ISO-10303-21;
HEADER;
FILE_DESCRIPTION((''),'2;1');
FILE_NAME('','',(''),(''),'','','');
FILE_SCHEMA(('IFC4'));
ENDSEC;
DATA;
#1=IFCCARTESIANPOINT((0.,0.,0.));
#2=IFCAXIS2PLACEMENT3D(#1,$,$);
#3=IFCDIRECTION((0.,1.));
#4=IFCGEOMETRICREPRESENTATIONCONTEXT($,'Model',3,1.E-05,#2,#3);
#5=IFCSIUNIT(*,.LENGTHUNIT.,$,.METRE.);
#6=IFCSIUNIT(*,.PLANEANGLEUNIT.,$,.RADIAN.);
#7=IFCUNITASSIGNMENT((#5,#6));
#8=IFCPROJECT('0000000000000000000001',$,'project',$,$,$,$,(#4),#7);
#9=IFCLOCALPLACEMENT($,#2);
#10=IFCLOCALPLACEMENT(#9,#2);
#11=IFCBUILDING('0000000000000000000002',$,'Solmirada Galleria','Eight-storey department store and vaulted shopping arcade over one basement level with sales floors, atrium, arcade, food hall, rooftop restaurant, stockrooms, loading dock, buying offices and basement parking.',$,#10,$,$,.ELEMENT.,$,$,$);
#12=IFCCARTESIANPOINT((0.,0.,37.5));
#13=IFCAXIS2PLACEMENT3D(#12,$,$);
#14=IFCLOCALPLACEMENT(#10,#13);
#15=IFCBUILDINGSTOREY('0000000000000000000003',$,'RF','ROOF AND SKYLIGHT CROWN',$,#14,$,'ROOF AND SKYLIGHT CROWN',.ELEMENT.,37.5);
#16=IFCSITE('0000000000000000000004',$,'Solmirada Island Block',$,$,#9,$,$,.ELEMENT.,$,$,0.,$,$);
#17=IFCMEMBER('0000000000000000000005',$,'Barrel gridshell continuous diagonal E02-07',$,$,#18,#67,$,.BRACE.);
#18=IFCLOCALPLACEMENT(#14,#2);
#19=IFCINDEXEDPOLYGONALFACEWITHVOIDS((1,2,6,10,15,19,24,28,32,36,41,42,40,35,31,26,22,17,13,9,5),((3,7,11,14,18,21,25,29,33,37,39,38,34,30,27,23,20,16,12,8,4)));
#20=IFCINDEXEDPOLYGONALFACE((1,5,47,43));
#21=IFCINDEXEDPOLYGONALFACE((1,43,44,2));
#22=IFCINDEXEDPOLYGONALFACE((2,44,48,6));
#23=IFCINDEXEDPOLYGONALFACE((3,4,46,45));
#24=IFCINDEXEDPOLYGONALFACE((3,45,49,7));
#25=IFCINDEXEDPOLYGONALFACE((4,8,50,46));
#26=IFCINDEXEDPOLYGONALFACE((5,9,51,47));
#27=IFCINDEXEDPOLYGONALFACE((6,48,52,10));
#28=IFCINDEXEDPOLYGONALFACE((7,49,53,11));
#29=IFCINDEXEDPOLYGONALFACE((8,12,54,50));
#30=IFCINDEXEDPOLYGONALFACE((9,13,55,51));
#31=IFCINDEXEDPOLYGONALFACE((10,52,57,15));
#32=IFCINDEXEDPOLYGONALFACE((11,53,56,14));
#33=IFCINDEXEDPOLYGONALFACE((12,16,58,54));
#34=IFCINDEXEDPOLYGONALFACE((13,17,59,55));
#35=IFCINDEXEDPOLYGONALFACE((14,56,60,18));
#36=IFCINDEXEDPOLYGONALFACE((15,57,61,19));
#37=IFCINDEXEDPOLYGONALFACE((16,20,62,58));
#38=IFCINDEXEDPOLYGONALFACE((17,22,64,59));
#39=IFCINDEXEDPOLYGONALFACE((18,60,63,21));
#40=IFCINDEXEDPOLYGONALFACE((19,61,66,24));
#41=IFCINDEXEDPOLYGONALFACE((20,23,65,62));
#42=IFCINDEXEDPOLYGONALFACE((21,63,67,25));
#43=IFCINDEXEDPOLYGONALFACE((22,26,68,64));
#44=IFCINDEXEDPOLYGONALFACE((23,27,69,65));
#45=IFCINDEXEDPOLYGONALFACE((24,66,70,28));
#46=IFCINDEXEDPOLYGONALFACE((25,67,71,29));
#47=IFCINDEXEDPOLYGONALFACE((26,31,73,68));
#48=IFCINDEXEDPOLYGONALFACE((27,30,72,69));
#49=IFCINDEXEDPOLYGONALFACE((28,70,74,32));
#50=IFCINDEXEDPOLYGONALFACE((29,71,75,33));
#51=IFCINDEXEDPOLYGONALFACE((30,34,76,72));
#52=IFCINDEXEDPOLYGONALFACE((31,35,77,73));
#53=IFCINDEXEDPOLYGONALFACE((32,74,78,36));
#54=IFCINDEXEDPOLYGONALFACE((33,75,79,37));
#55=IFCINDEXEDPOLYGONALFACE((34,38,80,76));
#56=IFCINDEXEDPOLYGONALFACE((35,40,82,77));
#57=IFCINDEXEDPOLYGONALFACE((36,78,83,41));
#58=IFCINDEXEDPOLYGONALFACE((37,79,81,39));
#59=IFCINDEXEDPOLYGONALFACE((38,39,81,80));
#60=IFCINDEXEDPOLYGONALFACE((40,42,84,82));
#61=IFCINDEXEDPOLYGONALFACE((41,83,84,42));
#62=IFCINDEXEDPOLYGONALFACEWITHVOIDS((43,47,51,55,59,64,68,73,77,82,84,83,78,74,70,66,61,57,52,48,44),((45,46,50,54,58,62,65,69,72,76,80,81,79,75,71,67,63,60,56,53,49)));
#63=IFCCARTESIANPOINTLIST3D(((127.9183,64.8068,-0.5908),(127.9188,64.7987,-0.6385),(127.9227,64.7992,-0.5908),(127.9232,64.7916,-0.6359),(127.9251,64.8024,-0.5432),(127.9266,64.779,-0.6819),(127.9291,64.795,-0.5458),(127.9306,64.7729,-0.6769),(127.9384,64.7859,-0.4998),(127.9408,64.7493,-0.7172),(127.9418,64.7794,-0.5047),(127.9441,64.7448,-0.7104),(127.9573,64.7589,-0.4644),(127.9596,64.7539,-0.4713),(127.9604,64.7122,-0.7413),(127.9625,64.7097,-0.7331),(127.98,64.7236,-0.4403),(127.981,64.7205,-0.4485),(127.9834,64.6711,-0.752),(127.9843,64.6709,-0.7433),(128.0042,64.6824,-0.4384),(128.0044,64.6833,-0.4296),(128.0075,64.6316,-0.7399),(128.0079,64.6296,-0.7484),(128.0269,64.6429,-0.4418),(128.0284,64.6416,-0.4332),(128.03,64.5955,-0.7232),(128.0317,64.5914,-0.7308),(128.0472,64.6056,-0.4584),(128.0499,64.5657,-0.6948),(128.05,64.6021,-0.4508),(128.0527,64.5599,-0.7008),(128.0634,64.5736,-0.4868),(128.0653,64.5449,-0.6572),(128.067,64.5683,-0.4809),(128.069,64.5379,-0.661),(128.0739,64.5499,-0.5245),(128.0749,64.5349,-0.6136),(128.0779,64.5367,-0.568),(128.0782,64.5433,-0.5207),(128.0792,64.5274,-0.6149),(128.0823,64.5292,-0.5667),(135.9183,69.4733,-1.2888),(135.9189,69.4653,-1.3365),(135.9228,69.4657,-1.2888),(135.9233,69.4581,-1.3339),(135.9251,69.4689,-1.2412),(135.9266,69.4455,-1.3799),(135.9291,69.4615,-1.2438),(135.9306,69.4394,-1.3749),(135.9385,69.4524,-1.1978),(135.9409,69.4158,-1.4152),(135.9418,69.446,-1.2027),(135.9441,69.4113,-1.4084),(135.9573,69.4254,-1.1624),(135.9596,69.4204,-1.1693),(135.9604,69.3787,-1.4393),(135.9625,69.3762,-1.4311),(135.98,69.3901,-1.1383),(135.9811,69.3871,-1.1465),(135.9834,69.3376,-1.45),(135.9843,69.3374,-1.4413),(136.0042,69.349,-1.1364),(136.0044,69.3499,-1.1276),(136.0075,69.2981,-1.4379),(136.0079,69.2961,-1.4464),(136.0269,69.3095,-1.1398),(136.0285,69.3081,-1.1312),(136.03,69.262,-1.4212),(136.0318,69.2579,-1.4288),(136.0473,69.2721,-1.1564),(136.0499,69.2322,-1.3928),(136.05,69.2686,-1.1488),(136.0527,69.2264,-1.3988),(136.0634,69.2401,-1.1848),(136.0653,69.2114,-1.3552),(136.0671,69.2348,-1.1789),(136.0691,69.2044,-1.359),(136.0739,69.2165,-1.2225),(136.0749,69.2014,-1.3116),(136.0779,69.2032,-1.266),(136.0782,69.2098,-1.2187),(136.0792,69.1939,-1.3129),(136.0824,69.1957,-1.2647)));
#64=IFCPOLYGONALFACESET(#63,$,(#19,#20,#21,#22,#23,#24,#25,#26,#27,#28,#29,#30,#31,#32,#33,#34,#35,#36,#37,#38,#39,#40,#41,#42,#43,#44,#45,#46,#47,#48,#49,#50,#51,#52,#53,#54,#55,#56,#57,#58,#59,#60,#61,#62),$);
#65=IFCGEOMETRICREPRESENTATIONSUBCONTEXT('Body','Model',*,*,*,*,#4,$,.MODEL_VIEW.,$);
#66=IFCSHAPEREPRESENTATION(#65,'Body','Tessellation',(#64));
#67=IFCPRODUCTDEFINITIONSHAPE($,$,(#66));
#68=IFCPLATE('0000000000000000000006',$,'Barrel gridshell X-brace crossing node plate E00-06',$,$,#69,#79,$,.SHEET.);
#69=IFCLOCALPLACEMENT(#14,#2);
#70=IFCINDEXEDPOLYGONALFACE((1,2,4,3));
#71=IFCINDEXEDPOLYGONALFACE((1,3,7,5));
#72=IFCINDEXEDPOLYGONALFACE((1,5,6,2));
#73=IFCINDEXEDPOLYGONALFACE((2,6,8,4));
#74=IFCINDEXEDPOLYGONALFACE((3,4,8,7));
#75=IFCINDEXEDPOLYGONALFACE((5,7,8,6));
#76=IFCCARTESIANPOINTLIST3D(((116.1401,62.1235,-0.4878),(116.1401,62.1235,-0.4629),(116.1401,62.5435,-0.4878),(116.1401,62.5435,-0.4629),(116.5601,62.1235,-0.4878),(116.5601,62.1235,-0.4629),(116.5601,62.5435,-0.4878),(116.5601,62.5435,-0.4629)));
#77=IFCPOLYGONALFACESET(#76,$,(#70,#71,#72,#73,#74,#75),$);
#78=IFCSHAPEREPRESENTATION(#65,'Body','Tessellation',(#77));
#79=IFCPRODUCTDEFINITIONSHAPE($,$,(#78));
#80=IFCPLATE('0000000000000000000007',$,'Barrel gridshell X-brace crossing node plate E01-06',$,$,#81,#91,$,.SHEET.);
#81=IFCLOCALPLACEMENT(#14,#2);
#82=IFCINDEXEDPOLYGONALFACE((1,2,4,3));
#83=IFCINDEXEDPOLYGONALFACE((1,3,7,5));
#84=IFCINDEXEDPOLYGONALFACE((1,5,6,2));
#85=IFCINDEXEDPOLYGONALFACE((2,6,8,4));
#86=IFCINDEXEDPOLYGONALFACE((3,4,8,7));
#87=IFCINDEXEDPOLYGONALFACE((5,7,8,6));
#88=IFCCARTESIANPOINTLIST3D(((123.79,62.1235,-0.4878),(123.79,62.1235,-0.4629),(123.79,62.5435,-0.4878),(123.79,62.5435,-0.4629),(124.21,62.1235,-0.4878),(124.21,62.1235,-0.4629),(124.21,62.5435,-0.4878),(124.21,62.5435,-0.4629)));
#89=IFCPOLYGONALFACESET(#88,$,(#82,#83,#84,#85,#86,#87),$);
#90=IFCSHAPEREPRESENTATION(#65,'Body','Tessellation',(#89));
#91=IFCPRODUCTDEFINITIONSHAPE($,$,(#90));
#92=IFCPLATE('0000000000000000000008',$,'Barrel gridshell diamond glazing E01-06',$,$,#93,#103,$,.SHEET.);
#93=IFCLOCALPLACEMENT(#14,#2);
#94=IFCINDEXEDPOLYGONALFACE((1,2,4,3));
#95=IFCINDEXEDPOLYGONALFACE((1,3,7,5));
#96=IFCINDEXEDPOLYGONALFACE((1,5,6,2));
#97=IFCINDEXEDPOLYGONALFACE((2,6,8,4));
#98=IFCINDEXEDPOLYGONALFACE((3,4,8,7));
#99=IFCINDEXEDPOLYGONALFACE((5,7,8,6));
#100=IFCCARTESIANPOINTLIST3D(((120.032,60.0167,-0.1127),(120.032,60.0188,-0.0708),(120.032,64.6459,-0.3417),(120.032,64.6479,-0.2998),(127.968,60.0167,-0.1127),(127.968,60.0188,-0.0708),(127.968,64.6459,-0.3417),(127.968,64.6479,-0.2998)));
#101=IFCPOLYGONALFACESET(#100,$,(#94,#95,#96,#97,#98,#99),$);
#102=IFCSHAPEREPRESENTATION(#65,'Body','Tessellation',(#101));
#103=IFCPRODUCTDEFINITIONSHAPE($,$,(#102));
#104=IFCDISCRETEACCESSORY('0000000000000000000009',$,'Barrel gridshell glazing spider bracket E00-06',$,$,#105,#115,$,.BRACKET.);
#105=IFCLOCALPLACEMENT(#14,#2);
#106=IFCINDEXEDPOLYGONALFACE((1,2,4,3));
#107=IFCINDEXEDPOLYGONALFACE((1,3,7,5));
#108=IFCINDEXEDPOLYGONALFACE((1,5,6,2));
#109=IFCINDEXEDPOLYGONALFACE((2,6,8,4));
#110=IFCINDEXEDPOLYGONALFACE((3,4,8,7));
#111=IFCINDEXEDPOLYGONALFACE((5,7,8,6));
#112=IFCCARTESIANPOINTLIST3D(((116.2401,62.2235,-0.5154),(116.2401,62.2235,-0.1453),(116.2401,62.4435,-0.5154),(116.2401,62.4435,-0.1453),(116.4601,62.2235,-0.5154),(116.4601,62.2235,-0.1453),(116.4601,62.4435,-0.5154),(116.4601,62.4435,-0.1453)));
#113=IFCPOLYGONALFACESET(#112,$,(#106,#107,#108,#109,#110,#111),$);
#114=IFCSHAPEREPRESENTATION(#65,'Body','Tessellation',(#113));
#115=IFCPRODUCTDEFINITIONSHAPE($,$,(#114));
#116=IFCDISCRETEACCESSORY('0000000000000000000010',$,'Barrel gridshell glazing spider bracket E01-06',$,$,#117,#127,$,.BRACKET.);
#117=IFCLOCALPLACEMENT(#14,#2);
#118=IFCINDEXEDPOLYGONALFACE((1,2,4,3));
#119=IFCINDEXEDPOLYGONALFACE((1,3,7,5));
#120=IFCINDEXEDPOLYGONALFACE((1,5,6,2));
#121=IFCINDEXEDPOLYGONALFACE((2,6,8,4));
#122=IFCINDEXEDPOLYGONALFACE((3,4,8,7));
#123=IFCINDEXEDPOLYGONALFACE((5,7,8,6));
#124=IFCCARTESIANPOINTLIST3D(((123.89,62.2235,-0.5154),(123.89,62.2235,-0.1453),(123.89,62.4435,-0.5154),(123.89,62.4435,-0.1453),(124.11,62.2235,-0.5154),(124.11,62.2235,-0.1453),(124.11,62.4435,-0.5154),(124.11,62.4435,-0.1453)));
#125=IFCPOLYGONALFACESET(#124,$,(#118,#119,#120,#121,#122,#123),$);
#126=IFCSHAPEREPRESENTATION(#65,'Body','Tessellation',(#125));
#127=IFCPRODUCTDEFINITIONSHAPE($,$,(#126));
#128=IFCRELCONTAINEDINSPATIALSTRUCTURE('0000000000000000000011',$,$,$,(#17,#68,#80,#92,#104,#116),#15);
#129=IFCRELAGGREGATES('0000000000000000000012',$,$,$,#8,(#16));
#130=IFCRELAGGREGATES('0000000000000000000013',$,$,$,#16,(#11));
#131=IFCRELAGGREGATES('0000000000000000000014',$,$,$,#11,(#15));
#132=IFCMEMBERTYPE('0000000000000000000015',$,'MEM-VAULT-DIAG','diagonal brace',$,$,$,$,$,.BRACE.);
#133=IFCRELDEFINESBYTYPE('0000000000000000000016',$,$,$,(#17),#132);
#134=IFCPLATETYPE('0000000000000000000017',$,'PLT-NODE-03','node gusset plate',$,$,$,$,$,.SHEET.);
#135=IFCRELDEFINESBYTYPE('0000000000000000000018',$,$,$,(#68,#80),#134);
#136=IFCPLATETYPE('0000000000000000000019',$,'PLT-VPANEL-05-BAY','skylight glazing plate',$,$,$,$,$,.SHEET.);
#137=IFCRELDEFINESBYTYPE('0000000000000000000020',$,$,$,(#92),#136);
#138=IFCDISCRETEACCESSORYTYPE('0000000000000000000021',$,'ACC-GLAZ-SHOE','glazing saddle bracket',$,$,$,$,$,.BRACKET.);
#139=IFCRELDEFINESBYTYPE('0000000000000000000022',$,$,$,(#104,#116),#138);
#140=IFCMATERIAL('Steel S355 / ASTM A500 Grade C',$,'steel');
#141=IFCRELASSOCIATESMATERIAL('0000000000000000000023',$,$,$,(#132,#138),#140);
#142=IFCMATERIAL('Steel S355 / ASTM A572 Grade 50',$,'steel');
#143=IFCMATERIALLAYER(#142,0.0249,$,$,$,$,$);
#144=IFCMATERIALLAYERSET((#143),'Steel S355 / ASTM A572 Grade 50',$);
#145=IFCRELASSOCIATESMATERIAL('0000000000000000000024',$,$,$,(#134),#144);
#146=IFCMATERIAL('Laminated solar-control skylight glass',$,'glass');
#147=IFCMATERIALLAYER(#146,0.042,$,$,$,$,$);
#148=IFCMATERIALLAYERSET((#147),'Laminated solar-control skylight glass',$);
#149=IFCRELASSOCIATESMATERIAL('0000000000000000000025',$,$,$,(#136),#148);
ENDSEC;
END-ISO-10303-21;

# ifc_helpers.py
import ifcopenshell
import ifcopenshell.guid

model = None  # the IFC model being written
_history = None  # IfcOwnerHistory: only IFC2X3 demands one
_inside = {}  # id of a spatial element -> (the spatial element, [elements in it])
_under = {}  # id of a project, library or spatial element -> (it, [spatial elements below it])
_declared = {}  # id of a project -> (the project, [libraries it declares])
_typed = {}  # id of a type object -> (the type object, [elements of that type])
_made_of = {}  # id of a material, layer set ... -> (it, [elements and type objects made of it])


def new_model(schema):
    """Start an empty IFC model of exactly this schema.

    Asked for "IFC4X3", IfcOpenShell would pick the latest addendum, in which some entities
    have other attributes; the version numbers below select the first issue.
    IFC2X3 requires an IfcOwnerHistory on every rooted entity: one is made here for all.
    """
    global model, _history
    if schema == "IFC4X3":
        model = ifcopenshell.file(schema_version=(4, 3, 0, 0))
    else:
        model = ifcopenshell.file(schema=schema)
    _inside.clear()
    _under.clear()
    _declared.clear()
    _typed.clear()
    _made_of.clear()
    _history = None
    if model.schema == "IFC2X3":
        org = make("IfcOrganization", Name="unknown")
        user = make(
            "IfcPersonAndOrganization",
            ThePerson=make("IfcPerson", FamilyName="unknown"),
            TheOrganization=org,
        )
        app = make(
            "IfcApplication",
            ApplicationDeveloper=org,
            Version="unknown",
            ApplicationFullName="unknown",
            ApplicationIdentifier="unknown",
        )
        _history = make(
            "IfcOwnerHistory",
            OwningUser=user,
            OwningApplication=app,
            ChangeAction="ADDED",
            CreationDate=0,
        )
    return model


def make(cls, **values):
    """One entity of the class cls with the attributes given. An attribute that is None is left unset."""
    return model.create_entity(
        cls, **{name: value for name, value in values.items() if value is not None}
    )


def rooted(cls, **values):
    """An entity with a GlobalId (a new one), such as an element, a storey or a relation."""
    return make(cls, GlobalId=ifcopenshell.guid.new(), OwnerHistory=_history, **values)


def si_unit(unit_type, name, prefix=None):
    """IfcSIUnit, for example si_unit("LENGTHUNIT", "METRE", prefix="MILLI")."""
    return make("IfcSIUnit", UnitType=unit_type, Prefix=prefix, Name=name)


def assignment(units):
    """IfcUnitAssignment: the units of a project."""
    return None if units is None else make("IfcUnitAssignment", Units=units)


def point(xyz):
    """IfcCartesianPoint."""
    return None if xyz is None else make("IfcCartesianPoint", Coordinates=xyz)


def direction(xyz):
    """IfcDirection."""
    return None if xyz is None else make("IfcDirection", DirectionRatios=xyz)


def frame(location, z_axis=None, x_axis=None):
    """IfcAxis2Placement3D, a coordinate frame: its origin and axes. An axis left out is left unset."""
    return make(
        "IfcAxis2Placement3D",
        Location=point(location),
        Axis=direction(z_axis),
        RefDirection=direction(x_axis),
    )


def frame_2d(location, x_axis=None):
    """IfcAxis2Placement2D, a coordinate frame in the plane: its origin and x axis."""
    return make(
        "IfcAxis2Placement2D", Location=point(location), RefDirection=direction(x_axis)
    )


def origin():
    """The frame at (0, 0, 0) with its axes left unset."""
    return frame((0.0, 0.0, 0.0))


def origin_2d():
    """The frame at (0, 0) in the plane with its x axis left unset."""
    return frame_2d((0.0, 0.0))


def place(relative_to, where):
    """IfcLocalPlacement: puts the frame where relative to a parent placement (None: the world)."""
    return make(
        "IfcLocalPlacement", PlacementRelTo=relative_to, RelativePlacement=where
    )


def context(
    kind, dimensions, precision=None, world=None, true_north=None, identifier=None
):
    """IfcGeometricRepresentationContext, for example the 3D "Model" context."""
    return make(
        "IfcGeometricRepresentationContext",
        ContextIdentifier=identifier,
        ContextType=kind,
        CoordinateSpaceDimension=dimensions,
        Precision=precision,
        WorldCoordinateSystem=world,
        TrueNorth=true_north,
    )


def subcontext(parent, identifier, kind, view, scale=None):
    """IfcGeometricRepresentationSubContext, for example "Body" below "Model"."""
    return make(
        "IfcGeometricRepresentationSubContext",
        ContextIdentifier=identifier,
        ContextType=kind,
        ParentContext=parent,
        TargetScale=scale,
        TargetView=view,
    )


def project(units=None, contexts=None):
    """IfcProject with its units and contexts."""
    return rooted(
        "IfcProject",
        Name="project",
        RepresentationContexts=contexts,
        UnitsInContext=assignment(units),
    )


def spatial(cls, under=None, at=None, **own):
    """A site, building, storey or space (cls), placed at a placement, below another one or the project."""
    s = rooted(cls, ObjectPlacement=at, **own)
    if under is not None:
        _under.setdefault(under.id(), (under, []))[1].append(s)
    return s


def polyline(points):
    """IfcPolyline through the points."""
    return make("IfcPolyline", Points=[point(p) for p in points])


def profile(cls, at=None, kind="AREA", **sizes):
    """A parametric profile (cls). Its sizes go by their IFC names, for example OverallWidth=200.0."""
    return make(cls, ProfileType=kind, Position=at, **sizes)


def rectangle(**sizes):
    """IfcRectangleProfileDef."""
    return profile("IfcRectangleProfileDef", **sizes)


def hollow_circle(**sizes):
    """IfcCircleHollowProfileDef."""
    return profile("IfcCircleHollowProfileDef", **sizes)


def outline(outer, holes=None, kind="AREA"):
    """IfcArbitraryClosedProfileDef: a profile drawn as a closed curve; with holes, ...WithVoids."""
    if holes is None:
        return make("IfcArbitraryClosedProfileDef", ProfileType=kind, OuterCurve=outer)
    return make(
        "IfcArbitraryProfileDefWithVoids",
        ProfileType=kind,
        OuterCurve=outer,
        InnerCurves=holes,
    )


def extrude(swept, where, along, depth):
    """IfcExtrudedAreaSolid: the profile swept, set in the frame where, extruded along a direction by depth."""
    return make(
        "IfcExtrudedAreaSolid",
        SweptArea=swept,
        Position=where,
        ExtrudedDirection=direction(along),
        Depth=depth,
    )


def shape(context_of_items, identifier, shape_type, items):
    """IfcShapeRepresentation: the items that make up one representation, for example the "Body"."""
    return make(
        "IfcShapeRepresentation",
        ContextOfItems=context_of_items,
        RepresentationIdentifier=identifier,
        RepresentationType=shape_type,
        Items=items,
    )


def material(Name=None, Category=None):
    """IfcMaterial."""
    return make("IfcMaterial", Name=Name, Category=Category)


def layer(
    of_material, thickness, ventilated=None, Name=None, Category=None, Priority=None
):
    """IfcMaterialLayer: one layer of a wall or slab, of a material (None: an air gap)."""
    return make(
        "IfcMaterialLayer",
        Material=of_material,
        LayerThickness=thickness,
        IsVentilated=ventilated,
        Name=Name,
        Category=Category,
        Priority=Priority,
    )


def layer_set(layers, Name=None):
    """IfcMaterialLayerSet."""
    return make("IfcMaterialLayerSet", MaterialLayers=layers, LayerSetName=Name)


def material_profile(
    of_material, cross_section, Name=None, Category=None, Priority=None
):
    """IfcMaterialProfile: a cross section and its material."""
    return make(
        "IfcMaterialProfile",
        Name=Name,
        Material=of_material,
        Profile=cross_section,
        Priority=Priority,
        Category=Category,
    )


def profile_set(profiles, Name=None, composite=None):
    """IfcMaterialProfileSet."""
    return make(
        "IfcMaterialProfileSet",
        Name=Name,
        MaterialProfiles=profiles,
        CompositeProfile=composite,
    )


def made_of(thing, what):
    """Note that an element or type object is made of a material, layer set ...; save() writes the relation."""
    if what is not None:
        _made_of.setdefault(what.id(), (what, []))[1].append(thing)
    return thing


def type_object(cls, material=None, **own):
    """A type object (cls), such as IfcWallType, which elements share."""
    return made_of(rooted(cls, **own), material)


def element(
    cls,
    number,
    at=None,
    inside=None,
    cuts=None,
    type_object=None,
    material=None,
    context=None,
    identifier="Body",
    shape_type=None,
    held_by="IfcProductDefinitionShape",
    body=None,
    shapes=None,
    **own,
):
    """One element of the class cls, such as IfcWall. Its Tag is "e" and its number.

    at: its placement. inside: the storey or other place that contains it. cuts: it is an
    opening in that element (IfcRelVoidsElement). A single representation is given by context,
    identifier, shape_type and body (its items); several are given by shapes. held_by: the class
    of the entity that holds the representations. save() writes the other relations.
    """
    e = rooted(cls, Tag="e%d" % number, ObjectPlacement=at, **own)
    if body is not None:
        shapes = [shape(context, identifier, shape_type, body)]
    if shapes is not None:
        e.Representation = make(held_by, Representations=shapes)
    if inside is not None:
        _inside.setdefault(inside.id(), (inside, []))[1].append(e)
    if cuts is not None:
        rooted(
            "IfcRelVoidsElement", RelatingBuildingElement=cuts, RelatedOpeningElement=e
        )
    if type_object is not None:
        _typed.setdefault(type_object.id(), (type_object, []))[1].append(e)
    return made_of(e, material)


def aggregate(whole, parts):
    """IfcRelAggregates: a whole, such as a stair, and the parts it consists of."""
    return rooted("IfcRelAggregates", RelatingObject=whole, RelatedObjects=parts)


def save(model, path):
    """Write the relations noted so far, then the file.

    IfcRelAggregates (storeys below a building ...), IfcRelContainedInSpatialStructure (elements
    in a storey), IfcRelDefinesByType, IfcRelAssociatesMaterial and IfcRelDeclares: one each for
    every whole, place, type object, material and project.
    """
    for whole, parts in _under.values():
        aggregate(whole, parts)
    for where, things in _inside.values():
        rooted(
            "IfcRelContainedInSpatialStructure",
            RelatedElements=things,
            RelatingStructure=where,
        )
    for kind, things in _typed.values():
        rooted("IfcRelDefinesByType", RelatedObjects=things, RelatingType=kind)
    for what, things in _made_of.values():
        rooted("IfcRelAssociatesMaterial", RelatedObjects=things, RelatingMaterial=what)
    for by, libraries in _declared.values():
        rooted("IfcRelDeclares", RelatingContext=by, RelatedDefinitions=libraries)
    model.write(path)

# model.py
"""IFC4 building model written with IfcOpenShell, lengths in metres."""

from ifc_helpers import new_model, si_unit, direction, frame, origin, origin_2d, place, context, subcontext, project, spatial, polyline, rectangle, hollow_circle, outline, extrude, material, layer, layer_set, material_profile, profile_set, type_object, element, save


model = new_model("IFC4")

# Units and contexts
model_context = context("Model", 3, precision=1e-05, world=origin(), true_north=direction((0.0, 1.0)))
body_context = subcontext(model_context, "Body", "Model", "MODEL_VIEW")
ifc_project = project(units=[si_unit("LENGTHUNIT", "METRE"), si_unit("PLANEANGLEUNIT", "RADIAN")], contexts=[model_context])

# Site, building, storey
site_placement = place(None, origin())
site = spatial("IfcSite", under=ifc_project, at=site_placement, Name="Solmirada Island Block", CompositionType="ELEMENT", RefElevation=0.0)
building_placement = place(site_placement, origin())
building = spatial("IfcBuilding", under=site, at=building_placement, Name="Solmirada Galleria", Description="Eight-storey department store and vaulted shopping arcade over one basement level with sales floors, atrium, arcade, food hall, rooftop restaurant, stockrooms, loading dock, buying offices and basement parking.", CompositionType="ELEMENT")
storey_placement = place(building_placement, frame((0.0, 0.0, 37.5)))
storey = spatial("IfcBuildingStorey", under=building, at=storey_placement, Name="RF", Description="ROOF AND SKYLIGHT CROWN", LongName="ROOF AND SKYLIGHT CROWN", CompositionType="ELEMENT", Elevation=37.5)

# Member
ifc_material_1 = material(Name="Steel S355 / ASTM A500 Grade C", Category="steel")
ifc_material_profile_1 = material_profile(ifc_material_1, hollow_circle(Radius=0.1621, WallThickness=0.0088, at=origin_2d()), Name="HSS12.750X0.375")
ifc_profile_set_1 = profile_set([ifc_material_profile_1], Name="Steel S355 / ASTM A500 Grade C")
member_type_1 = type_object("IfcMemberType", Name="MEM-VAULT-DIAG", Description="diagonal brace", PredefinedType="BRACE", material=ifc_profile_set_1)
member_1_placement = place(storey_placement, frame((128.0, 64.6667, -0.5908), z_axis=(0.861344, 0.502433, -0.075152), x_axis=(-0.503858, 0.863787, 0.0)))
element("IfcMember", 1, at=member_1_placement, inside=storey, type_object=member_type_1, Name="Barrel gridshell continuous diagonal E02-07", PredefinedType="BRACE", context=body_context, shape_type="SweptSolid", body=[
    extrude(hollow_circle(Radius=0.1621, WallThickness=0.0088, at=origin_2d()), origin(), (0.0, 0.0, 1.0), 9.2878),
])

# Plates
ifc_material_2 = material(Name="Steel S355 / ASTM A572 Grade 50", Category="steel")
ifc_layer_1 = layer(ifc_material_2, 0.0249)
ifc_layer_set_1 = layer_set([ifc_layer_1], Name="Steel S355 / ASTM A572 Grade 50")
plate_type_1 = type_object("IfcPlateType", Name="PLT-NODE-03", Description="node gusset plate", PredefinedType="SHEET", material=ifc_layer_set_1)
for number, where, z_axis, x_axis, name in (
    (2, (116.3501, 62.3335, -0.4878), (0.0, 0.0, 1.0), (1.0, 0.0, 0.0), "Barrel gridshell X-brace crossing node plate E00-06"),
    (3, (124.0, 62.3335, -0.4878), (0.0, 0.0, 1.0), (1.0, 0.0, 0.0), "Barrel gridshell X-brace crossing node plate E01-06"),
):
    element("IfcPlate", number, at=place(storey_placement, frame(where, z_axis=z_axis, x_axis=x_axis)), inside=storey, type_object=plate_type_1, Name=name, PredefinedType="SHEET", context=body_context, shape_type="SweptSolid", body=[
        extrude(rectangle(XDim=0.4199, YDim=0.4199, at=origin_2d()), origin(), (0.0, 0.0, 1.0), 0.0249),
    ])
ifc_material_3 = material(Name="Laminated solar-control skylight glass", Category="glass")
ifc_layer_2 = layer(ifc_material_3, 0.042)
ifc_layer_set_2 = layer_set([ifc_layer_2], Name="Laminated solar-control skylight glass")
plate_type_2 = type_object("IfcPlateType", Name="PLT-VPANEL-05-BAY", Description="skylight glazing plate", PredefinedType="SHEET", material=ifc_layer_set_2)
plate_placement = place(storey_placement, frame((120.032, 60.0188, -0.0708), z_axis=(0.0, 0.04941, 0.998779), x_axis=(1.0, 0.0, 0.0)))
element("IfcPlate", 4, at=plate_placement, inside=storey, type_object=plate_type_2, Name="Barrel gridshell diamond glazing E01-06", PredefinedType="SHEET", context=body_context, shape_type="SweptSolid", body=[
    extrude(outline(polyline([(0.0, 0.0), (7.936, 0.0), (7.936, 4.6348), (0.0, 4.6348), (0.0, 0.0)])), origin(), (0.0, 0.0, -1.0), 0.042),
])

# Discrete accessories
discrete_accessory_type = type_object("IfcDiscreteAccessoryType", Name="ACC-GLAZ-SHOE", Description="glazing saddle bracket", PredefinedType="BRACKET", material=ifc_material_1)
for number, where, z_axis, x_axis, name in (
    (5, (116.3501, 62.3335, -0.5154), (0.0, 0.0, 1.0), (1.0, 0.0, 0.0), "Barrel gridshell glazing spider bracket E00-06"),
    (6, (124.0, 62.3335, -0.5154), (0.0, 0.0, 1.0), (1.0, 0.0, 0.0), "Barrel gridshell glazing spider bracket E01-06"),
):
    element("IfcDiscreteAccessory", number, at=place(storey_placement, frame(where, z_axis=z_axis, x_axis=x_axis)), inside=storey, type_object=discrete_accessory_type, Name=name, PredefinedType="BRACKET", context=body_context, shape_type="SweptSolid", body=[
        extrude(rectangle(XDim=0.22, YDim=0.22, at=origin_2d()), origin(), (0.0, 0.0, 1.0), 0.3701),
    ])

save(model, "model.ifc")
